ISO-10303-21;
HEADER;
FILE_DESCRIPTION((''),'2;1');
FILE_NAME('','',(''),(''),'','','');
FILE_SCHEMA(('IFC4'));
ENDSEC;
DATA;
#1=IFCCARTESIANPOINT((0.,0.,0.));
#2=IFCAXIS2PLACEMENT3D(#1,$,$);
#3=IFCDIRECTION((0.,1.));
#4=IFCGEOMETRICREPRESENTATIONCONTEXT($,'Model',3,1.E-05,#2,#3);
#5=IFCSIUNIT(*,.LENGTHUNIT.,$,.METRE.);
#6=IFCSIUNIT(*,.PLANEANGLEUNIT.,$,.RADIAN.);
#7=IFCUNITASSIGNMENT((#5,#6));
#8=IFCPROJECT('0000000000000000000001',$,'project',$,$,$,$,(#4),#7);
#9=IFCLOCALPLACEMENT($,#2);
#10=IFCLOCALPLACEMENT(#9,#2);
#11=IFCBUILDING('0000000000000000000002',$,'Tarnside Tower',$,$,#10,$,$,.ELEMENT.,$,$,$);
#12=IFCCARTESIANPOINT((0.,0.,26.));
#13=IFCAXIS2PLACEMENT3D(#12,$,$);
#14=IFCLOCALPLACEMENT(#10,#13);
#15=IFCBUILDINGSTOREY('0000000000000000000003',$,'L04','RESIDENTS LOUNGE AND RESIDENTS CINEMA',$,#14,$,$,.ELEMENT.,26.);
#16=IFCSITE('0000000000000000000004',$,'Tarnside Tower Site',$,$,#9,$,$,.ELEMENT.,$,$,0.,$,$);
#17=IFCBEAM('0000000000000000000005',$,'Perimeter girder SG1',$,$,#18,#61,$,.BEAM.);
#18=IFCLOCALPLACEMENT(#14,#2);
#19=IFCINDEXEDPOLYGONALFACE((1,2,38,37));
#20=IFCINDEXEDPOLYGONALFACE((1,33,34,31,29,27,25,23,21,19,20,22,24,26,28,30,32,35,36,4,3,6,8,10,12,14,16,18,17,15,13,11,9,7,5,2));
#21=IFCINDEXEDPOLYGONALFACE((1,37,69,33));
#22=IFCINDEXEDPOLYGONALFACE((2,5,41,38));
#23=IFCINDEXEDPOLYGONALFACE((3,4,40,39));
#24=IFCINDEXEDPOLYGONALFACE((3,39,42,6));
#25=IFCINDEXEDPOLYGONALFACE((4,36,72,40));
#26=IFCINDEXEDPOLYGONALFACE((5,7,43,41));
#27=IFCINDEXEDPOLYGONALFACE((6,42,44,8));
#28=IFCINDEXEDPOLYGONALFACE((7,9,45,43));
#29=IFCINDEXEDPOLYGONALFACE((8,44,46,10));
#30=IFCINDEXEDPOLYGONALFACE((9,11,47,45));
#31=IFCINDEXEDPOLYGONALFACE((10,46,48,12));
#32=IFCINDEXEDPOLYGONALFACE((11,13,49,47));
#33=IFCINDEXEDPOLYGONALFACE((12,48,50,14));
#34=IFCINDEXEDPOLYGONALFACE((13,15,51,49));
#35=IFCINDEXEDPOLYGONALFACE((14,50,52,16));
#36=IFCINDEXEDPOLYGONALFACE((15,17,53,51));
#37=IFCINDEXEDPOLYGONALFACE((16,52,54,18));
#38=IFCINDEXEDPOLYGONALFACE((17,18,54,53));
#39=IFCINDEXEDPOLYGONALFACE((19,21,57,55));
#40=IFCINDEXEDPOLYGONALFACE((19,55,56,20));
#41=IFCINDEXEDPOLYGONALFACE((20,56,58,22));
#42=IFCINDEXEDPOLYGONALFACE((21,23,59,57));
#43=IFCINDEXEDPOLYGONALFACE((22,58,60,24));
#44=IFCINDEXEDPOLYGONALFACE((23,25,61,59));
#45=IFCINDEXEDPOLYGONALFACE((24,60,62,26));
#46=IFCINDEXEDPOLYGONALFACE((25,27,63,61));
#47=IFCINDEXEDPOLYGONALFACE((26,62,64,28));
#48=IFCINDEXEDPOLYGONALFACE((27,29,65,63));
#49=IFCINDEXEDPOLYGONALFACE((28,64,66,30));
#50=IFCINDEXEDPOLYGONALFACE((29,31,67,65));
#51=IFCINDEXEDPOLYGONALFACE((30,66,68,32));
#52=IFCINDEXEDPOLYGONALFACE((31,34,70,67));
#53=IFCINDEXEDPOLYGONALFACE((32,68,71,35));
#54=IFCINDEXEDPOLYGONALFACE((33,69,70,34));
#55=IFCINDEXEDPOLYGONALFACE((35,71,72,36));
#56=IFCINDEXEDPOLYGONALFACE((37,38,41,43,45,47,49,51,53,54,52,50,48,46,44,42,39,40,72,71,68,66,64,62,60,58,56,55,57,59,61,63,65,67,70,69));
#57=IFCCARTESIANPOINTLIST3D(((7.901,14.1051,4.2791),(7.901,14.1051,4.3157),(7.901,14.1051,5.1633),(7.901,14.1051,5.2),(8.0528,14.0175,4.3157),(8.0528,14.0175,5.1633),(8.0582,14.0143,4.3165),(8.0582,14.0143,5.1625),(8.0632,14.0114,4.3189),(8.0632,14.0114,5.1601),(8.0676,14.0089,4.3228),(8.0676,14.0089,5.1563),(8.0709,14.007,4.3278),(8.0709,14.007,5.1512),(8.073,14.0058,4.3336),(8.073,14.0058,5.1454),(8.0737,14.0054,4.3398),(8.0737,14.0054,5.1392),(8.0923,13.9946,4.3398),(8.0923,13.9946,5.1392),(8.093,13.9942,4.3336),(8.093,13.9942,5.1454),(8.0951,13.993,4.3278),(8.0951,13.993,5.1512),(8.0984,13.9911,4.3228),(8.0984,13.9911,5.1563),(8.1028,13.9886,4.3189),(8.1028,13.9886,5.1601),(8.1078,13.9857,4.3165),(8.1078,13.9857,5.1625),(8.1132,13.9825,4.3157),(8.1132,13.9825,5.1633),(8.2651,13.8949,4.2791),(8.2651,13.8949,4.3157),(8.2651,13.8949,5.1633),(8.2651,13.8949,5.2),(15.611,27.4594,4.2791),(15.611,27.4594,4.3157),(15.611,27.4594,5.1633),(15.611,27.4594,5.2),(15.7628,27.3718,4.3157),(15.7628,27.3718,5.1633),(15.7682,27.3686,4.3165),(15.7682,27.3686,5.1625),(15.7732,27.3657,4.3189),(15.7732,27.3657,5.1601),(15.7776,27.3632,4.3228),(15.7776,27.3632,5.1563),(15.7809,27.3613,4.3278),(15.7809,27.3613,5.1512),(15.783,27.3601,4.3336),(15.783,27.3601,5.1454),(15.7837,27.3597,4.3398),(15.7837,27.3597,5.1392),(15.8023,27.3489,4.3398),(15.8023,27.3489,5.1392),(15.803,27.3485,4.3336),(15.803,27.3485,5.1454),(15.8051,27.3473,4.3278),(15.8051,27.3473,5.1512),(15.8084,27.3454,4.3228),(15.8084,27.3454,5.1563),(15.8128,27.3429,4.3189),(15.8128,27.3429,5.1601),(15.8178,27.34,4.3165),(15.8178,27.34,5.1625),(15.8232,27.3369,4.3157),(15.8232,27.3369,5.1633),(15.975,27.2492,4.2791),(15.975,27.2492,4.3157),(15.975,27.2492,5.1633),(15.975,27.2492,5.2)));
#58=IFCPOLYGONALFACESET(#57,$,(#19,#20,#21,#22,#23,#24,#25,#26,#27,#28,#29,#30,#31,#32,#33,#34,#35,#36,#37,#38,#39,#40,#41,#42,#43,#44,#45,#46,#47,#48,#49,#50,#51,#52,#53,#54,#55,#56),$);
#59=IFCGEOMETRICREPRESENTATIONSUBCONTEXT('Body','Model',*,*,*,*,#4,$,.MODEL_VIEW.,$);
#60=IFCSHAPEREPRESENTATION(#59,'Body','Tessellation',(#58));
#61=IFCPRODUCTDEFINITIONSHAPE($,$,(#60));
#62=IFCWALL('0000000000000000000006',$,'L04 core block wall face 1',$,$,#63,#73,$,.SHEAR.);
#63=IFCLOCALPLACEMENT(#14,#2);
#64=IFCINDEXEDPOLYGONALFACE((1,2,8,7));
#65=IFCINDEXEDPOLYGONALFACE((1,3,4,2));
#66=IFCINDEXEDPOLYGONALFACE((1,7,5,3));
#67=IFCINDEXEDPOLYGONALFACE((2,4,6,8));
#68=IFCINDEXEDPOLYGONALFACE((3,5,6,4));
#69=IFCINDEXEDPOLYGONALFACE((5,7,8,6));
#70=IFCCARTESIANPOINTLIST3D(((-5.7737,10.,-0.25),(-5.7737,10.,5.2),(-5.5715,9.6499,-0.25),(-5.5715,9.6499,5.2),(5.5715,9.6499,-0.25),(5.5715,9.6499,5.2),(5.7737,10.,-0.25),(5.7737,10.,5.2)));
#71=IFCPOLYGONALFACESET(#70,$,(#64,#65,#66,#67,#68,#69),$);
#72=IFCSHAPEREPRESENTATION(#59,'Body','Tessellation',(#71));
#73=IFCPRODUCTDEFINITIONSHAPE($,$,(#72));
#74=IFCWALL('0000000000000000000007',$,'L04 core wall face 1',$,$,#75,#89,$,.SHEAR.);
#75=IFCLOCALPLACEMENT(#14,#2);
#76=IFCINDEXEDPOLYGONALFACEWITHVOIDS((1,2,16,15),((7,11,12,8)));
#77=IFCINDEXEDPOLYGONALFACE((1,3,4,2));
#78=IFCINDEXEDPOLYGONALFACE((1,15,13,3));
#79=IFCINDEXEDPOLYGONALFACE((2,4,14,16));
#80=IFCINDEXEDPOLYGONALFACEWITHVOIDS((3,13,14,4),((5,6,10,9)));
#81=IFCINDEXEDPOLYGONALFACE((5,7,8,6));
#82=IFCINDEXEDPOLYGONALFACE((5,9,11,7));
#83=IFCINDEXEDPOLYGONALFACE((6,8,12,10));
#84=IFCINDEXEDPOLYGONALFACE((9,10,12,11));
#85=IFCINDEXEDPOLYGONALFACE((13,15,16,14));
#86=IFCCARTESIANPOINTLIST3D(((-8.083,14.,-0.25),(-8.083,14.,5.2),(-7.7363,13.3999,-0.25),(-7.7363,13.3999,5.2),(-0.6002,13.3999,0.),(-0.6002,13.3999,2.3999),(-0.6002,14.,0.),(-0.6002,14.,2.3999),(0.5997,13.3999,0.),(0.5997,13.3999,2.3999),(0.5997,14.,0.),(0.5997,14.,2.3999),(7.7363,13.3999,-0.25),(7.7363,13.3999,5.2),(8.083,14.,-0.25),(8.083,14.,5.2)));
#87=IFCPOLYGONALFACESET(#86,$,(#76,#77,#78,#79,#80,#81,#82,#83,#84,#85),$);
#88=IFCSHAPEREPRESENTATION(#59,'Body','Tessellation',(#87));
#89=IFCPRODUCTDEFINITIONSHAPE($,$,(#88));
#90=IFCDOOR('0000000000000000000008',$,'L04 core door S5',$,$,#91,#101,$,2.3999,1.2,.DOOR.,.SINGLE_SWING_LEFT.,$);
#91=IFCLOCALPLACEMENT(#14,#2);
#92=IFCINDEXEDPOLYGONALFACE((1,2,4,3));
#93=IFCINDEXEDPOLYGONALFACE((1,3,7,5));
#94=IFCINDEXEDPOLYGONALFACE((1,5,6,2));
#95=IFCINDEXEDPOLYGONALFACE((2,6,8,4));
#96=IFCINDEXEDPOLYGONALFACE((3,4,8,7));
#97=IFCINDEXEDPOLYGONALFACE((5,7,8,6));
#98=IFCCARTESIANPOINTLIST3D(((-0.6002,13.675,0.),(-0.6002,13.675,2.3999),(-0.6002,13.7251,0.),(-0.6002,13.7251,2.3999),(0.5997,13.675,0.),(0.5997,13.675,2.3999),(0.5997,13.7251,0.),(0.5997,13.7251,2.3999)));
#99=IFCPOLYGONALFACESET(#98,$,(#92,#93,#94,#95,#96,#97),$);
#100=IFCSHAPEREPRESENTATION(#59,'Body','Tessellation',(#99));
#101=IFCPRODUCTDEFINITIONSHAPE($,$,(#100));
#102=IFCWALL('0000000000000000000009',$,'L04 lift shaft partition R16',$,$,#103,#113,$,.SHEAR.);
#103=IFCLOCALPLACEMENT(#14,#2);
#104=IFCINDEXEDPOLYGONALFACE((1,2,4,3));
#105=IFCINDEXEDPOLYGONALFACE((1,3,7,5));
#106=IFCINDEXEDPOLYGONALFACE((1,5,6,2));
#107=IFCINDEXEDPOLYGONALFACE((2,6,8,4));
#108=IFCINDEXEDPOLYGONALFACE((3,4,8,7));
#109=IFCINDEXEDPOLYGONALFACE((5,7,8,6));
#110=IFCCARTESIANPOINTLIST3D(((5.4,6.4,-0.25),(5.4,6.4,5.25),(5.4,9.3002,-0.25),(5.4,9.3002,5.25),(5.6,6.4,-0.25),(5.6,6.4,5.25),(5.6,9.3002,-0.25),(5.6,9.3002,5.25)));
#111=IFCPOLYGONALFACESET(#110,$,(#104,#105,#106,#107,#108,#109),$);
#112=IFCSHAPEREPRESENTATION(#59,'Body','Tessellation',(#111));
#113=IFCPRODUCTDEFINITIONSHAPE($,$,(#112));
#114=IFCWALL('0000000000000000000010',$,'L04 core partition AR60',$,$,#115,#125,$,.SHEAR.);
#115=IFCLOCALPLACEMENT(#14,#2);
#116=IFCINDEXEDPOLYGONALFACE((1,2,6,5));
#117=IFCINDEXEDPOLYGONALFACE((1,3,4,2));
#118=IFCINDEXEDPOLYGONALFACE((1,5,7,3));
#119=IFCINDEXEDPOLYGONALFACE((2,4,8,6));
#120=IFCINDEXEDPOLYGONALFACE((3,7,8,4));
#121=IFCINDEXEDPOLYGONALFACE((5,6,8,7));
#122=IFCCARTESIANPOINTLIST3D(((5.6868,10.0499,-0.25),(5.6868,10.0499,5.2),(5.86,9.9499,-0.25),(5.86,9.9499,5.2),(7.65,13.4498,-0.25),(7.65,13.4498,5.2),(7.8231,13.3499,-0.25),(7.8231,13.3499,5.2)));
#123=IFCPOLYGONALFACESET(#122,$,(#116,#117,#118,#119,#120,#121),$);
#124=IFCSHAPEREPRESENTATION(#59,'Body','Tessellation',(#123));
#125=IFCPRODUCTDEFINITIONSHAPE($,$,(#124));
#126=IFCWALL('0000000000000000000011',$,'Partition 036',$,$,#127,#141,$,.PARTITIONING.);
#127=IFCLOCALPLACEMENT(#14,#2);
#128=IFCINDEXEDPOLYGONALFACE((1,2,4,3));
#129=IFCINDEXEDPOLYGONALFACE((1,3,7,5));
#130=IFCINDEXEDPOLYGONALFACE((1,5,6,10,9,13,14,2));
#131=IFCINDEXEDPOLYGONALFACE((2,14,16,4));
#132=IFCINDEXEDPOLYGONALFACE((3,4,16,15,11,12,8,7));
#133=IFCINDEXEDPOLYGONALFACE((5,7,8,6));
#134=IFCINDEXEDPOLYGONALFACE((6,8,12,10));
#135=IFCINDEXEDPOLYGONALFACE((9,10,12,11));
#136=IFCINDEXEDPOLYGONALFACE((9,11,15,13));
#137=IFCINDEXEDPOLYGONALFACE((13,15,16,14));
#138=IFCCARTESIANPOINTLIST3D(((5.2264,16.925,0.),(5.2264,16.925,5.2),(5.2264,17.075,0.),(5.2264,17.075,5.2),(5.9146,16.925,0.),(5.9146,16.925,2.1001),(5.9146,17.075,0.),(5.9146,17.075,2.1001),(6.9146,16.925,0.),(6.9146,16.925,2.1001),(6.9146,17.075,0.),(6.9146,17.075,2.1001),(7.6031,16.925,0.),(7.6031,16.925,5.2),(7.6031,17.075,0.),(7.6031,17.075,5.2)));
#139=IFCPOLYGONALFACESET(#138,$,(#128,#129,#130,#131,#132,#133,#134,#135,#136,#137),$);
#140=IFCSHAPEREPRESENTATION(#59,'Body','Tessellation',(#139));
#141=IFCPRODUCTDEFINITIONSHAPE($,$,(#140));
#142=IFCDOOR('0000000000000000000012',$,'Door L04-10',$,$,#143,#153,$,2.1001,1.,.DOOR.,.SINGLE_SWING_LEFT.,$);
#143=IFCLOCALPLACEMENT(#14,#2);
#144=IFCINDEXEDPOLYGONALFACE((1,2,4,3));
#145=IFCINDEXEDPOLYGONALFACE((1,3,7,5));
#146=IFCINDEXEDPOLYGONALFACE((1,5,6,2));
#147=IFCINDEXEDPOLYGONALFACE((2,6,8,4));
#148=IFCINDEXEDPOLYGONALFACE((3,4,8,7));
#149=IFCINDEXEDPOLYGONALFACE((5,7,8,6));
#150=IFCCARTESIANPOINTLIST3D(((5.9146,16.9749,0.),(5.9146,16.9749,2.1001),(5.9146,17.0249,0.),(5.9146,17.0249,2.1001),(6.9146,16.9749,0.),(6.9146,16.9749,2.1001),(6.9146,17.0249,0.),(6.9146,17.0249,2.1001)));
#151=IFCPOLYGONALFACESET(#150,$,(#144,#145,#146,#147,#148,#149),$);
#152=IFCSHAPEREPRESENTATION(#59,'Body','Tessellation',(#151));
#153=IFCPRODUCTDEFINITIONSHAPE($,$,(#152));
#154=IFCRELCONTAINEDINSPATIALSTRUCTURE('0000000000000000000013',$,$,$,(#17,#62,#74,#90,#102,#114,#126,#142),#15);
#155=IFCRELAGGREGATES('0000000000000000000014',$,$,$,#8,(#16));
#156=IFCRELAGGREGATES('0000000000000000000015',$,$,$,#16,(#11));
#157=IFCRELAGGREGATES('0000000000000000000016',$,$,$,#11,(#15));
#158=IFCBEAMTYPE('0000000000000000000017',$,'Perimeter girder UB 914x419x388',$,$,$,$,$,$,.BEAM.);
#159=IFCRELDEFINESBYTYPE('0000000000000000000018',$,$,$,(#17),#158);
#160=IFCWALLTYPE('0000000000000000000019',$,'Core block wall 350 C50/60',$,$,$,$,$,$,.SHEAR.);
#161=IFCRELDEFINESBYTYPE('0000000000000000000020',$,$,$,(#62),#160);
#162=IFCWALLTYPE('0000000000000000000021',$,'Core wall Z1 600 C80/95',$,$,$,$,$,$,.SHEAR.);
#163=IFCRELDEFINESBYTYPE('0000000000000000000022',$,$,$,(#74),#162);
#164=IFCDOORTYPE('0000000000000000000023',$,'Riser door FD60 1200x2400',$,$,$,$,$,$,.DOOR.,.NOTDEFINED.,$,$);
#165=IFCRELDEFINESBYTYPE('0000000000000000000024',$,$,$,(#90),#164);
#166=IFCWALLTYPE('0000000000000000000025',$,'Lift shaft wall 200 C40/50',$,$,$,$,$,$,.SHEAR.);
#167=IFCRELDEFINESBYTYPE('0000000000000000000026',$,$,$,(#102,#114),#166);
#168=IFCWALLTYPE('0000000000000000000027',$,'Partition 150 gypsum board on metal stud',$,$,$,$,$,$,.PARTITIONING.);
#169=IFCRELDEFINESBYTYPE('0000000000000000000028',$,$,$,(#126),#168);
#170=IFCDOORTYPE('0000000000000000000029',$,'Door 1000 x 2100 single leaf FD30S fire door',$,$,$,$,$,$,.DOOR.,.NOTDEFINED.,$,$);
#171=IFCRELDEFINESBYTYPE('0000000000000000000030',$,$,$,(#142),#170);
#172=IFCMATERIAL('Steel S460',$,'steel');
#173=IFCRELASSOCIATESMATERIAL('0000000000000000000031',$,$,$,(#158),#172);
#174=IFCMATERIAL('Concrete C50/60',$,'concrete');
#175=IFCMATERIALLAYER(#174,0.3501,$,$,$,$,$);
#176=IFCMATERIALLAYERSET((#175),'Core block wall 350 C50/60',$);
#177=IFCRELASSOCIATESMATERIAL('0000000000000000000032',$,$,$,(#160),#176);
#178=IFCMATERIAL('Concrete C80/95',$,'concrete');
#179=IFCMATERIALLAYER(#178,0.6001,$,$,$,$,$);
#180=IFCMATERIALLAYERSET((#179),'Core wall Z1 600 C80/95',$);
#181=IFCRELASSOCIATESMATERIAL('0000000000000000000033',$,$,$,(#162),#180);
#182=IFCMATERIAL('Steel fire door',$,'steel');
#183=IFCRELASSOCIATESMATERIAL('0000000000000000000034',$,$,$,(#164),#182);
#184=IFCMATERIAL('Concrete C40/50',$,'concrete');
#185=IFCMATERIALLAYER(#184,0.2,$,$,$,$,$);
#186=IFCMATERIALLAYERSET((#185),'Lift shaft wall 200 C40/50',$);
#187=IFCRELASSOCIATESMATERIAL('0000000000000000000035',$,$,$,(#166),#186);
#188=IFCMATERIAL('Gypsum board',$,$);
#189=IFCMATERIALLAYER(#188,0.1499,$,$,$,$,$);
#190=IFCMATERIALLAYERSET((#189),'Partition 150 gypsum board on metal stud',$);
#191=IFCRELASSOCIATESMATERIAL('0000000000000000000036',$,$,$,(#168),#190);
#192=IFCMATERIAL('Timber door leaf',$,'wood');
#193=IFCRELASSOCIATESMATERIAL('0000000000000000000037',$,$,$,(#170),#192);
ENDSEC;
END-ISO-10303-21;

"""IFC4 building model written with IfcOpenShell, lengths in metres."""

from ifc_helpers import new_model, si_unit, direction, frame, frame_2d, origin, origin_2d, place, context, subcontext, project, spatial, polyline, rectangle, i_section, outline, extrude, material, layer, layer_set, material_profile, profile_set, type_object, element, fill, save


model = new_model("IFC4")

# Units and contexts
model_context = context("Model", 3, precision=1e-05, world=origin(), true_north=direction((0.0, 1.0)))
body_context = subcontext(model_context, "Body", "Model", "MODEL_VIEW")
ifc_project = project(units=[si_unit("LENGTHUNIT", "METRE"), si_unit("PLANEANGLEUNIT", "RADIAN")], contexts=[model_context])

# Site, building, storey
site_placement = place(None, origin())
site = spatial("IfcSite", under=ifc_project, at=site_placement, Name="Tarnside Tower Site", CompositionType="ELEMENT", RefElevation=0.0)
building_placement = place(site_placement, origin())
building = spatial("IfcBuilding", under=site, at=building_placement, Name="Tarnside Tower", CompositionType="ELEMENT")
storey_placement = place(building_placement, frame((0.0, 0.0, 26.0)))
storey = spatial("IfcBuildingStorey", under=building, at=storey_placement, Name="L04", Description="RESIDENTS LOUNGE AND RESIDENTS CINEMA", CompositionType="ELEMENT", Elevation=26.0)

# Beam
ifc_material_1 = material(Name="Steel S460", Category="steel")
ifc_material_profile = material_profile(ifc_material_1, i_section(OverallWidth=0.4204, OverallDepth=0.9209, WebThickness=0.0215, FlangeThickness=0.0366, FilletRadius=0.0242, at=origin_2d()), Name="UB 914x419x388")
ifc_profile_set = profile_set([ifc_material_profile], Name="Steel S460")
beam_type = type_object("IfcBeamType", Name="Perimeter girder UB 914x419x388", PredefinedType="BEAM", material=ifc_profile_set)
beam_placement = place(storey_placement, frame((8.083, 14.0, 4.7395), z_axis=(0.499994, 0.866029, 0.0), x_axis=(-0.866029, 0.499994, 0.0)))
element("IfcBeam", 1, at=beam_placement, inside=storey, type_object=beam_type, Name="Perimeter girder SG1", PredefinedType="BEAM", context=body_context, shape_type="SweptSolid", body=[
    extrude(i_section(OverallWidth=0.4204, OverallDepth=0.9209, WebThickness=0.0215, FlangeThickness=0.0366, FilletRadius=0.0242, at=origin_2d()), origin(), (0.0, 0.0, 1.0), 15.4202),
])

# Wall
ifc_material_2 = material(Name="Concrete C50/60", Category="concrete")
ifc_layer_1 = layer(ifc_material_2, 0.3501)
ifc_layer_set_1 = layer_set([ifc_layer_1], Name="Core block wall 350 C50/60")
wall_type_1 = type_object("IfcWallType", Name="Core block wall 350 C50/60", PredefinedType="SHEAR", material=ifc_layer_set_1)
wall_1_placement = place(storey_placement, frame((5.6726, 9.825, -0.25), z_axis=(0.0, 0.0, 1.0), x_axis=(-1.0, 0.0, 0.0)))
element("IfcWall", 2, at=wall_1_placement, inside=storey, type_object=wall_type_1, Name="L04 core block wall face 1", PredefinedType="SHEAR", context=body_context, shape_type="SweptSolid", body=[
    extrude(outline(polyline([(-0.1011, -0.175), (11.4463, -0.175), (11.2441, 0.175), (0.1011, 0.175), (-0.1011, -0.175)])), origin(), (0.0, 0.0, 1.0), 5.45),
])

# Wall, opening, door
ifc_material_3 = material(Name="Concrete C80/95", Category="concrete")
ifc_layer_2 = layer(ifc_material_3, 0.6001)
ifc_layer_set_2 = layer_set([ifc_layer_2], Name="Core wall Z1 600 C80/95")
wall_type_2 = type_object("IfcWallType", Name="Core wall Z1 600 C80/95", PredefinedType="SHEAR", material=ifc_layer_set_2)
wall_2_placement = place(storey_placement, frame((7.9097, 13.7, -0.25), z_axis=(0.0, 0.0, 1.0), x_axis=(-1.0, 0.0, 0.0)))
wall_2 = element("IfcWall", 3, at=wall_2_placement, inside=storey, type_object=wall_type_2, Name="L04 core wall face 1", PredefinedType="SHEAR", context=body_context, shape_type="SweptSolid", body=[
    extrude(outline(polyline([(-0.1733, -0.3), (15.9927, -0.3), (15.646, 0.3), (0.1733, 0.3), (-0.1733, -0.3)])), origin(), (0.0, 0.0, 1.0), 5.45),
])
opening_1_placement = place(wall_2_placement, frame((7.3098, 0.0, 0.25)))
opening_1 = element("IfcOpeningElement", 4, at=opening_1_placement, cuts=wall_2, PredefinedType="OPENING", context=body_context, shape_type="SweptSolid", body=[
    extrude(rectangle(XDim=1.2, YDim=2.3999, at=frame_2d((0.6001, 1.2))), frame((0.0, 0.3101, 0.0), z_axis=(0.0, -1.0, 0.0), x_axis=(1.0, 0.0, 0.0)), (0.0, 0.0, 1.0), 0.6201),
])
ifc_material_4 = material(Name="Steel fire door", Category="steel")
door_type_1 = type_object("IfcDoorType", Name="Riser door FD60 1200x2400", OperationType="NOTDEFINED", PredefinedType="DOOR", material=ifc_material_4)
door_1_placement = place(opening_1_placement, origin())
door_1 = element("IfcDoor", 5, at=door_1_placement, inside=storey, type_object=door_type_1, Name="L04 core door S5", OperationType="SINGLE_SWING_LEFT", OverallHeight=2.3999, OverallWidth=1.2, PredefinedType="DOOR", context=body_context, shape_type="SweptSolid", body=[
    extrude(rectangle(XDim=1.2, YDim=2.3999, at=frame_2d((0.6001, 1.2))), frame((0.0, 0.0249, 0.0), z_axis=(0.0, -1.0, 0.0), x_axis=(1.0, 0.0, 0.0)), (0.0, 0.0, 1.0), 0.05),
])
fill(opening_1, door_1)

# Walls
ifc_material_5 = material(Name="Concrete C40/50", Category="concrete")
ifc_layer_3 = layer(ifc_material_5, 0.2)
ifc_layer_set_3 = layer_set([ifc_layer_3], Name="Lift shaft wall 200 C40/50")
wall_type_3 = type_object("IfcWallType", Name="Lift shaft wall 200 C40/50", PredefinedType="SHEAR", material=ifc_layer_set_3)
wall_3_placement = place(storey_placement, frame((5.5, 6.3999, -0.25), z_axis=(0.0, 0.0, 1.0), x_axis=(0.0, 1.0, 0.0)))
element("IfcWall", 6, at=wall_3_placement, inside=storey, type_object=wall_type_3, Name="L04 lift shaft partition R16", PredefinedType="SHEAR", context=body_context, shape_type="SweptSolid", body=[
    extrude(rectangle(XDim=2.9001, YDim=0.2, at=frame_2d((1.4502, 0.0))), origin(), (0.0, 0.0, 1.0), 5.5),
])
wall_4_placement = place(storey_placement, frame((5.7734, 10.0, -0.25), z_axis=(0.0, 0.0, 1.0), x_axis=(0.500038, 0.866003, 0.0)))
element("IfcWall", 7, at=wall_4_placement, inside=storey, type_object=wall_type_3, Name="L04 core partition AR60", PredefinedType="SHEAR", context=body_context, shape_type="SweptSolid", body=[
    extrude(rectangle(XDim=3.926, YDim=0.2, at=frame_2d((1.9629, 0.0))), origin(), (0.0, 0.0, 1.0), 5.45),
])

# Wall, opening, door
ifc_material_6 = material(Name="Gypsum board")
ifc_layer_4 = layer(ifc_material_6, 0.1499)
ifc_layer_set_4 = layer_set([ifc_layer_4], Name="Partition 150 gypsum board on metal stud")
wall_type_4 = type_object("IfcWallType", Name="Partition 150 gypsum board on metal stud", PredefinedType="PARTITIONING", material=ifc_layer_set_4)
wall_5_placement = place(storey_placement, frame((5.2263, 17.0, 0.0), z_axis=(0.0, 0.0, 1.0), x_axis=(1.0, 0.0, 0.0)))
wall_5 = element("IfcWall", 8, at=wall_5_placement, inside=storey, type_object=wall_type_4, Name="Partition 036", PredefinedType="PARTITIONING", context=body_context, shape_type="SweptSolid", body=[
    extrude(rectangle(XDim=2.3767, YDim=0.1499, at=frame_2d((1.1885, 0.0))), origin(), (0.0, 0.0, 1.0), 5.2),
])
opening_2_placement = place(wall_5_placement, frame((0.6882, 0.0, 0.0)))
opening_2 = element("IfcOpeningElement", 9, at=opening_2_placement, cuts=wall_5, PredefinedType="OPENING", context=body_context, shape_type="SweptSolid", body=[
    extrude(rectangle(XDim=1.0, YDim=2.1001, at=frame_2d((0.5, 1.05))), frame((0.0, 0.085, 0.0), z_axis=(0.0, -1.0, 0.0), x_axis=(1.0, 0.0, 0.0)), (0.0, 0.0, 1.0), 0.1699),
])
ifc_material_7 = material(Name="Timber door leaf", Category="wood")
door_type_2 = type_object("IfcDoorType", Name="Door 1000 x 2100 single leaf FD30S fire door", OperationType="NOTDEFINED", PredefinedType="DOOR", material=ifc_material_7)
door_2_placement = place(opening_2_placement, origin())
door_2 = element("IfcDoor", 10, at=door_2_placement, inside=storey, type_object=door_type_2, Name="Door L04-10", OperationType="SINGLE_SWING_LEFT", OverallHeight=2.1001, OverallWidth=1.0, PredefinedType="DOOR", context=body_context, shape_type="SweptSolid", body=[
    extrude(rectangle(XDim=1.0, YDim=2.1001, at=frame_2d((0.5, 1.05))), frame((0.0, 0.0249, 0.0), z_axis=(0.0, -1.0, 0.0), x_axis=(1.0, 0.0, 0.0)), (0.0, 0.0, 1.0), 0.05),
])
fill(opening_2, door_2)

save(model, "model.ifc")
